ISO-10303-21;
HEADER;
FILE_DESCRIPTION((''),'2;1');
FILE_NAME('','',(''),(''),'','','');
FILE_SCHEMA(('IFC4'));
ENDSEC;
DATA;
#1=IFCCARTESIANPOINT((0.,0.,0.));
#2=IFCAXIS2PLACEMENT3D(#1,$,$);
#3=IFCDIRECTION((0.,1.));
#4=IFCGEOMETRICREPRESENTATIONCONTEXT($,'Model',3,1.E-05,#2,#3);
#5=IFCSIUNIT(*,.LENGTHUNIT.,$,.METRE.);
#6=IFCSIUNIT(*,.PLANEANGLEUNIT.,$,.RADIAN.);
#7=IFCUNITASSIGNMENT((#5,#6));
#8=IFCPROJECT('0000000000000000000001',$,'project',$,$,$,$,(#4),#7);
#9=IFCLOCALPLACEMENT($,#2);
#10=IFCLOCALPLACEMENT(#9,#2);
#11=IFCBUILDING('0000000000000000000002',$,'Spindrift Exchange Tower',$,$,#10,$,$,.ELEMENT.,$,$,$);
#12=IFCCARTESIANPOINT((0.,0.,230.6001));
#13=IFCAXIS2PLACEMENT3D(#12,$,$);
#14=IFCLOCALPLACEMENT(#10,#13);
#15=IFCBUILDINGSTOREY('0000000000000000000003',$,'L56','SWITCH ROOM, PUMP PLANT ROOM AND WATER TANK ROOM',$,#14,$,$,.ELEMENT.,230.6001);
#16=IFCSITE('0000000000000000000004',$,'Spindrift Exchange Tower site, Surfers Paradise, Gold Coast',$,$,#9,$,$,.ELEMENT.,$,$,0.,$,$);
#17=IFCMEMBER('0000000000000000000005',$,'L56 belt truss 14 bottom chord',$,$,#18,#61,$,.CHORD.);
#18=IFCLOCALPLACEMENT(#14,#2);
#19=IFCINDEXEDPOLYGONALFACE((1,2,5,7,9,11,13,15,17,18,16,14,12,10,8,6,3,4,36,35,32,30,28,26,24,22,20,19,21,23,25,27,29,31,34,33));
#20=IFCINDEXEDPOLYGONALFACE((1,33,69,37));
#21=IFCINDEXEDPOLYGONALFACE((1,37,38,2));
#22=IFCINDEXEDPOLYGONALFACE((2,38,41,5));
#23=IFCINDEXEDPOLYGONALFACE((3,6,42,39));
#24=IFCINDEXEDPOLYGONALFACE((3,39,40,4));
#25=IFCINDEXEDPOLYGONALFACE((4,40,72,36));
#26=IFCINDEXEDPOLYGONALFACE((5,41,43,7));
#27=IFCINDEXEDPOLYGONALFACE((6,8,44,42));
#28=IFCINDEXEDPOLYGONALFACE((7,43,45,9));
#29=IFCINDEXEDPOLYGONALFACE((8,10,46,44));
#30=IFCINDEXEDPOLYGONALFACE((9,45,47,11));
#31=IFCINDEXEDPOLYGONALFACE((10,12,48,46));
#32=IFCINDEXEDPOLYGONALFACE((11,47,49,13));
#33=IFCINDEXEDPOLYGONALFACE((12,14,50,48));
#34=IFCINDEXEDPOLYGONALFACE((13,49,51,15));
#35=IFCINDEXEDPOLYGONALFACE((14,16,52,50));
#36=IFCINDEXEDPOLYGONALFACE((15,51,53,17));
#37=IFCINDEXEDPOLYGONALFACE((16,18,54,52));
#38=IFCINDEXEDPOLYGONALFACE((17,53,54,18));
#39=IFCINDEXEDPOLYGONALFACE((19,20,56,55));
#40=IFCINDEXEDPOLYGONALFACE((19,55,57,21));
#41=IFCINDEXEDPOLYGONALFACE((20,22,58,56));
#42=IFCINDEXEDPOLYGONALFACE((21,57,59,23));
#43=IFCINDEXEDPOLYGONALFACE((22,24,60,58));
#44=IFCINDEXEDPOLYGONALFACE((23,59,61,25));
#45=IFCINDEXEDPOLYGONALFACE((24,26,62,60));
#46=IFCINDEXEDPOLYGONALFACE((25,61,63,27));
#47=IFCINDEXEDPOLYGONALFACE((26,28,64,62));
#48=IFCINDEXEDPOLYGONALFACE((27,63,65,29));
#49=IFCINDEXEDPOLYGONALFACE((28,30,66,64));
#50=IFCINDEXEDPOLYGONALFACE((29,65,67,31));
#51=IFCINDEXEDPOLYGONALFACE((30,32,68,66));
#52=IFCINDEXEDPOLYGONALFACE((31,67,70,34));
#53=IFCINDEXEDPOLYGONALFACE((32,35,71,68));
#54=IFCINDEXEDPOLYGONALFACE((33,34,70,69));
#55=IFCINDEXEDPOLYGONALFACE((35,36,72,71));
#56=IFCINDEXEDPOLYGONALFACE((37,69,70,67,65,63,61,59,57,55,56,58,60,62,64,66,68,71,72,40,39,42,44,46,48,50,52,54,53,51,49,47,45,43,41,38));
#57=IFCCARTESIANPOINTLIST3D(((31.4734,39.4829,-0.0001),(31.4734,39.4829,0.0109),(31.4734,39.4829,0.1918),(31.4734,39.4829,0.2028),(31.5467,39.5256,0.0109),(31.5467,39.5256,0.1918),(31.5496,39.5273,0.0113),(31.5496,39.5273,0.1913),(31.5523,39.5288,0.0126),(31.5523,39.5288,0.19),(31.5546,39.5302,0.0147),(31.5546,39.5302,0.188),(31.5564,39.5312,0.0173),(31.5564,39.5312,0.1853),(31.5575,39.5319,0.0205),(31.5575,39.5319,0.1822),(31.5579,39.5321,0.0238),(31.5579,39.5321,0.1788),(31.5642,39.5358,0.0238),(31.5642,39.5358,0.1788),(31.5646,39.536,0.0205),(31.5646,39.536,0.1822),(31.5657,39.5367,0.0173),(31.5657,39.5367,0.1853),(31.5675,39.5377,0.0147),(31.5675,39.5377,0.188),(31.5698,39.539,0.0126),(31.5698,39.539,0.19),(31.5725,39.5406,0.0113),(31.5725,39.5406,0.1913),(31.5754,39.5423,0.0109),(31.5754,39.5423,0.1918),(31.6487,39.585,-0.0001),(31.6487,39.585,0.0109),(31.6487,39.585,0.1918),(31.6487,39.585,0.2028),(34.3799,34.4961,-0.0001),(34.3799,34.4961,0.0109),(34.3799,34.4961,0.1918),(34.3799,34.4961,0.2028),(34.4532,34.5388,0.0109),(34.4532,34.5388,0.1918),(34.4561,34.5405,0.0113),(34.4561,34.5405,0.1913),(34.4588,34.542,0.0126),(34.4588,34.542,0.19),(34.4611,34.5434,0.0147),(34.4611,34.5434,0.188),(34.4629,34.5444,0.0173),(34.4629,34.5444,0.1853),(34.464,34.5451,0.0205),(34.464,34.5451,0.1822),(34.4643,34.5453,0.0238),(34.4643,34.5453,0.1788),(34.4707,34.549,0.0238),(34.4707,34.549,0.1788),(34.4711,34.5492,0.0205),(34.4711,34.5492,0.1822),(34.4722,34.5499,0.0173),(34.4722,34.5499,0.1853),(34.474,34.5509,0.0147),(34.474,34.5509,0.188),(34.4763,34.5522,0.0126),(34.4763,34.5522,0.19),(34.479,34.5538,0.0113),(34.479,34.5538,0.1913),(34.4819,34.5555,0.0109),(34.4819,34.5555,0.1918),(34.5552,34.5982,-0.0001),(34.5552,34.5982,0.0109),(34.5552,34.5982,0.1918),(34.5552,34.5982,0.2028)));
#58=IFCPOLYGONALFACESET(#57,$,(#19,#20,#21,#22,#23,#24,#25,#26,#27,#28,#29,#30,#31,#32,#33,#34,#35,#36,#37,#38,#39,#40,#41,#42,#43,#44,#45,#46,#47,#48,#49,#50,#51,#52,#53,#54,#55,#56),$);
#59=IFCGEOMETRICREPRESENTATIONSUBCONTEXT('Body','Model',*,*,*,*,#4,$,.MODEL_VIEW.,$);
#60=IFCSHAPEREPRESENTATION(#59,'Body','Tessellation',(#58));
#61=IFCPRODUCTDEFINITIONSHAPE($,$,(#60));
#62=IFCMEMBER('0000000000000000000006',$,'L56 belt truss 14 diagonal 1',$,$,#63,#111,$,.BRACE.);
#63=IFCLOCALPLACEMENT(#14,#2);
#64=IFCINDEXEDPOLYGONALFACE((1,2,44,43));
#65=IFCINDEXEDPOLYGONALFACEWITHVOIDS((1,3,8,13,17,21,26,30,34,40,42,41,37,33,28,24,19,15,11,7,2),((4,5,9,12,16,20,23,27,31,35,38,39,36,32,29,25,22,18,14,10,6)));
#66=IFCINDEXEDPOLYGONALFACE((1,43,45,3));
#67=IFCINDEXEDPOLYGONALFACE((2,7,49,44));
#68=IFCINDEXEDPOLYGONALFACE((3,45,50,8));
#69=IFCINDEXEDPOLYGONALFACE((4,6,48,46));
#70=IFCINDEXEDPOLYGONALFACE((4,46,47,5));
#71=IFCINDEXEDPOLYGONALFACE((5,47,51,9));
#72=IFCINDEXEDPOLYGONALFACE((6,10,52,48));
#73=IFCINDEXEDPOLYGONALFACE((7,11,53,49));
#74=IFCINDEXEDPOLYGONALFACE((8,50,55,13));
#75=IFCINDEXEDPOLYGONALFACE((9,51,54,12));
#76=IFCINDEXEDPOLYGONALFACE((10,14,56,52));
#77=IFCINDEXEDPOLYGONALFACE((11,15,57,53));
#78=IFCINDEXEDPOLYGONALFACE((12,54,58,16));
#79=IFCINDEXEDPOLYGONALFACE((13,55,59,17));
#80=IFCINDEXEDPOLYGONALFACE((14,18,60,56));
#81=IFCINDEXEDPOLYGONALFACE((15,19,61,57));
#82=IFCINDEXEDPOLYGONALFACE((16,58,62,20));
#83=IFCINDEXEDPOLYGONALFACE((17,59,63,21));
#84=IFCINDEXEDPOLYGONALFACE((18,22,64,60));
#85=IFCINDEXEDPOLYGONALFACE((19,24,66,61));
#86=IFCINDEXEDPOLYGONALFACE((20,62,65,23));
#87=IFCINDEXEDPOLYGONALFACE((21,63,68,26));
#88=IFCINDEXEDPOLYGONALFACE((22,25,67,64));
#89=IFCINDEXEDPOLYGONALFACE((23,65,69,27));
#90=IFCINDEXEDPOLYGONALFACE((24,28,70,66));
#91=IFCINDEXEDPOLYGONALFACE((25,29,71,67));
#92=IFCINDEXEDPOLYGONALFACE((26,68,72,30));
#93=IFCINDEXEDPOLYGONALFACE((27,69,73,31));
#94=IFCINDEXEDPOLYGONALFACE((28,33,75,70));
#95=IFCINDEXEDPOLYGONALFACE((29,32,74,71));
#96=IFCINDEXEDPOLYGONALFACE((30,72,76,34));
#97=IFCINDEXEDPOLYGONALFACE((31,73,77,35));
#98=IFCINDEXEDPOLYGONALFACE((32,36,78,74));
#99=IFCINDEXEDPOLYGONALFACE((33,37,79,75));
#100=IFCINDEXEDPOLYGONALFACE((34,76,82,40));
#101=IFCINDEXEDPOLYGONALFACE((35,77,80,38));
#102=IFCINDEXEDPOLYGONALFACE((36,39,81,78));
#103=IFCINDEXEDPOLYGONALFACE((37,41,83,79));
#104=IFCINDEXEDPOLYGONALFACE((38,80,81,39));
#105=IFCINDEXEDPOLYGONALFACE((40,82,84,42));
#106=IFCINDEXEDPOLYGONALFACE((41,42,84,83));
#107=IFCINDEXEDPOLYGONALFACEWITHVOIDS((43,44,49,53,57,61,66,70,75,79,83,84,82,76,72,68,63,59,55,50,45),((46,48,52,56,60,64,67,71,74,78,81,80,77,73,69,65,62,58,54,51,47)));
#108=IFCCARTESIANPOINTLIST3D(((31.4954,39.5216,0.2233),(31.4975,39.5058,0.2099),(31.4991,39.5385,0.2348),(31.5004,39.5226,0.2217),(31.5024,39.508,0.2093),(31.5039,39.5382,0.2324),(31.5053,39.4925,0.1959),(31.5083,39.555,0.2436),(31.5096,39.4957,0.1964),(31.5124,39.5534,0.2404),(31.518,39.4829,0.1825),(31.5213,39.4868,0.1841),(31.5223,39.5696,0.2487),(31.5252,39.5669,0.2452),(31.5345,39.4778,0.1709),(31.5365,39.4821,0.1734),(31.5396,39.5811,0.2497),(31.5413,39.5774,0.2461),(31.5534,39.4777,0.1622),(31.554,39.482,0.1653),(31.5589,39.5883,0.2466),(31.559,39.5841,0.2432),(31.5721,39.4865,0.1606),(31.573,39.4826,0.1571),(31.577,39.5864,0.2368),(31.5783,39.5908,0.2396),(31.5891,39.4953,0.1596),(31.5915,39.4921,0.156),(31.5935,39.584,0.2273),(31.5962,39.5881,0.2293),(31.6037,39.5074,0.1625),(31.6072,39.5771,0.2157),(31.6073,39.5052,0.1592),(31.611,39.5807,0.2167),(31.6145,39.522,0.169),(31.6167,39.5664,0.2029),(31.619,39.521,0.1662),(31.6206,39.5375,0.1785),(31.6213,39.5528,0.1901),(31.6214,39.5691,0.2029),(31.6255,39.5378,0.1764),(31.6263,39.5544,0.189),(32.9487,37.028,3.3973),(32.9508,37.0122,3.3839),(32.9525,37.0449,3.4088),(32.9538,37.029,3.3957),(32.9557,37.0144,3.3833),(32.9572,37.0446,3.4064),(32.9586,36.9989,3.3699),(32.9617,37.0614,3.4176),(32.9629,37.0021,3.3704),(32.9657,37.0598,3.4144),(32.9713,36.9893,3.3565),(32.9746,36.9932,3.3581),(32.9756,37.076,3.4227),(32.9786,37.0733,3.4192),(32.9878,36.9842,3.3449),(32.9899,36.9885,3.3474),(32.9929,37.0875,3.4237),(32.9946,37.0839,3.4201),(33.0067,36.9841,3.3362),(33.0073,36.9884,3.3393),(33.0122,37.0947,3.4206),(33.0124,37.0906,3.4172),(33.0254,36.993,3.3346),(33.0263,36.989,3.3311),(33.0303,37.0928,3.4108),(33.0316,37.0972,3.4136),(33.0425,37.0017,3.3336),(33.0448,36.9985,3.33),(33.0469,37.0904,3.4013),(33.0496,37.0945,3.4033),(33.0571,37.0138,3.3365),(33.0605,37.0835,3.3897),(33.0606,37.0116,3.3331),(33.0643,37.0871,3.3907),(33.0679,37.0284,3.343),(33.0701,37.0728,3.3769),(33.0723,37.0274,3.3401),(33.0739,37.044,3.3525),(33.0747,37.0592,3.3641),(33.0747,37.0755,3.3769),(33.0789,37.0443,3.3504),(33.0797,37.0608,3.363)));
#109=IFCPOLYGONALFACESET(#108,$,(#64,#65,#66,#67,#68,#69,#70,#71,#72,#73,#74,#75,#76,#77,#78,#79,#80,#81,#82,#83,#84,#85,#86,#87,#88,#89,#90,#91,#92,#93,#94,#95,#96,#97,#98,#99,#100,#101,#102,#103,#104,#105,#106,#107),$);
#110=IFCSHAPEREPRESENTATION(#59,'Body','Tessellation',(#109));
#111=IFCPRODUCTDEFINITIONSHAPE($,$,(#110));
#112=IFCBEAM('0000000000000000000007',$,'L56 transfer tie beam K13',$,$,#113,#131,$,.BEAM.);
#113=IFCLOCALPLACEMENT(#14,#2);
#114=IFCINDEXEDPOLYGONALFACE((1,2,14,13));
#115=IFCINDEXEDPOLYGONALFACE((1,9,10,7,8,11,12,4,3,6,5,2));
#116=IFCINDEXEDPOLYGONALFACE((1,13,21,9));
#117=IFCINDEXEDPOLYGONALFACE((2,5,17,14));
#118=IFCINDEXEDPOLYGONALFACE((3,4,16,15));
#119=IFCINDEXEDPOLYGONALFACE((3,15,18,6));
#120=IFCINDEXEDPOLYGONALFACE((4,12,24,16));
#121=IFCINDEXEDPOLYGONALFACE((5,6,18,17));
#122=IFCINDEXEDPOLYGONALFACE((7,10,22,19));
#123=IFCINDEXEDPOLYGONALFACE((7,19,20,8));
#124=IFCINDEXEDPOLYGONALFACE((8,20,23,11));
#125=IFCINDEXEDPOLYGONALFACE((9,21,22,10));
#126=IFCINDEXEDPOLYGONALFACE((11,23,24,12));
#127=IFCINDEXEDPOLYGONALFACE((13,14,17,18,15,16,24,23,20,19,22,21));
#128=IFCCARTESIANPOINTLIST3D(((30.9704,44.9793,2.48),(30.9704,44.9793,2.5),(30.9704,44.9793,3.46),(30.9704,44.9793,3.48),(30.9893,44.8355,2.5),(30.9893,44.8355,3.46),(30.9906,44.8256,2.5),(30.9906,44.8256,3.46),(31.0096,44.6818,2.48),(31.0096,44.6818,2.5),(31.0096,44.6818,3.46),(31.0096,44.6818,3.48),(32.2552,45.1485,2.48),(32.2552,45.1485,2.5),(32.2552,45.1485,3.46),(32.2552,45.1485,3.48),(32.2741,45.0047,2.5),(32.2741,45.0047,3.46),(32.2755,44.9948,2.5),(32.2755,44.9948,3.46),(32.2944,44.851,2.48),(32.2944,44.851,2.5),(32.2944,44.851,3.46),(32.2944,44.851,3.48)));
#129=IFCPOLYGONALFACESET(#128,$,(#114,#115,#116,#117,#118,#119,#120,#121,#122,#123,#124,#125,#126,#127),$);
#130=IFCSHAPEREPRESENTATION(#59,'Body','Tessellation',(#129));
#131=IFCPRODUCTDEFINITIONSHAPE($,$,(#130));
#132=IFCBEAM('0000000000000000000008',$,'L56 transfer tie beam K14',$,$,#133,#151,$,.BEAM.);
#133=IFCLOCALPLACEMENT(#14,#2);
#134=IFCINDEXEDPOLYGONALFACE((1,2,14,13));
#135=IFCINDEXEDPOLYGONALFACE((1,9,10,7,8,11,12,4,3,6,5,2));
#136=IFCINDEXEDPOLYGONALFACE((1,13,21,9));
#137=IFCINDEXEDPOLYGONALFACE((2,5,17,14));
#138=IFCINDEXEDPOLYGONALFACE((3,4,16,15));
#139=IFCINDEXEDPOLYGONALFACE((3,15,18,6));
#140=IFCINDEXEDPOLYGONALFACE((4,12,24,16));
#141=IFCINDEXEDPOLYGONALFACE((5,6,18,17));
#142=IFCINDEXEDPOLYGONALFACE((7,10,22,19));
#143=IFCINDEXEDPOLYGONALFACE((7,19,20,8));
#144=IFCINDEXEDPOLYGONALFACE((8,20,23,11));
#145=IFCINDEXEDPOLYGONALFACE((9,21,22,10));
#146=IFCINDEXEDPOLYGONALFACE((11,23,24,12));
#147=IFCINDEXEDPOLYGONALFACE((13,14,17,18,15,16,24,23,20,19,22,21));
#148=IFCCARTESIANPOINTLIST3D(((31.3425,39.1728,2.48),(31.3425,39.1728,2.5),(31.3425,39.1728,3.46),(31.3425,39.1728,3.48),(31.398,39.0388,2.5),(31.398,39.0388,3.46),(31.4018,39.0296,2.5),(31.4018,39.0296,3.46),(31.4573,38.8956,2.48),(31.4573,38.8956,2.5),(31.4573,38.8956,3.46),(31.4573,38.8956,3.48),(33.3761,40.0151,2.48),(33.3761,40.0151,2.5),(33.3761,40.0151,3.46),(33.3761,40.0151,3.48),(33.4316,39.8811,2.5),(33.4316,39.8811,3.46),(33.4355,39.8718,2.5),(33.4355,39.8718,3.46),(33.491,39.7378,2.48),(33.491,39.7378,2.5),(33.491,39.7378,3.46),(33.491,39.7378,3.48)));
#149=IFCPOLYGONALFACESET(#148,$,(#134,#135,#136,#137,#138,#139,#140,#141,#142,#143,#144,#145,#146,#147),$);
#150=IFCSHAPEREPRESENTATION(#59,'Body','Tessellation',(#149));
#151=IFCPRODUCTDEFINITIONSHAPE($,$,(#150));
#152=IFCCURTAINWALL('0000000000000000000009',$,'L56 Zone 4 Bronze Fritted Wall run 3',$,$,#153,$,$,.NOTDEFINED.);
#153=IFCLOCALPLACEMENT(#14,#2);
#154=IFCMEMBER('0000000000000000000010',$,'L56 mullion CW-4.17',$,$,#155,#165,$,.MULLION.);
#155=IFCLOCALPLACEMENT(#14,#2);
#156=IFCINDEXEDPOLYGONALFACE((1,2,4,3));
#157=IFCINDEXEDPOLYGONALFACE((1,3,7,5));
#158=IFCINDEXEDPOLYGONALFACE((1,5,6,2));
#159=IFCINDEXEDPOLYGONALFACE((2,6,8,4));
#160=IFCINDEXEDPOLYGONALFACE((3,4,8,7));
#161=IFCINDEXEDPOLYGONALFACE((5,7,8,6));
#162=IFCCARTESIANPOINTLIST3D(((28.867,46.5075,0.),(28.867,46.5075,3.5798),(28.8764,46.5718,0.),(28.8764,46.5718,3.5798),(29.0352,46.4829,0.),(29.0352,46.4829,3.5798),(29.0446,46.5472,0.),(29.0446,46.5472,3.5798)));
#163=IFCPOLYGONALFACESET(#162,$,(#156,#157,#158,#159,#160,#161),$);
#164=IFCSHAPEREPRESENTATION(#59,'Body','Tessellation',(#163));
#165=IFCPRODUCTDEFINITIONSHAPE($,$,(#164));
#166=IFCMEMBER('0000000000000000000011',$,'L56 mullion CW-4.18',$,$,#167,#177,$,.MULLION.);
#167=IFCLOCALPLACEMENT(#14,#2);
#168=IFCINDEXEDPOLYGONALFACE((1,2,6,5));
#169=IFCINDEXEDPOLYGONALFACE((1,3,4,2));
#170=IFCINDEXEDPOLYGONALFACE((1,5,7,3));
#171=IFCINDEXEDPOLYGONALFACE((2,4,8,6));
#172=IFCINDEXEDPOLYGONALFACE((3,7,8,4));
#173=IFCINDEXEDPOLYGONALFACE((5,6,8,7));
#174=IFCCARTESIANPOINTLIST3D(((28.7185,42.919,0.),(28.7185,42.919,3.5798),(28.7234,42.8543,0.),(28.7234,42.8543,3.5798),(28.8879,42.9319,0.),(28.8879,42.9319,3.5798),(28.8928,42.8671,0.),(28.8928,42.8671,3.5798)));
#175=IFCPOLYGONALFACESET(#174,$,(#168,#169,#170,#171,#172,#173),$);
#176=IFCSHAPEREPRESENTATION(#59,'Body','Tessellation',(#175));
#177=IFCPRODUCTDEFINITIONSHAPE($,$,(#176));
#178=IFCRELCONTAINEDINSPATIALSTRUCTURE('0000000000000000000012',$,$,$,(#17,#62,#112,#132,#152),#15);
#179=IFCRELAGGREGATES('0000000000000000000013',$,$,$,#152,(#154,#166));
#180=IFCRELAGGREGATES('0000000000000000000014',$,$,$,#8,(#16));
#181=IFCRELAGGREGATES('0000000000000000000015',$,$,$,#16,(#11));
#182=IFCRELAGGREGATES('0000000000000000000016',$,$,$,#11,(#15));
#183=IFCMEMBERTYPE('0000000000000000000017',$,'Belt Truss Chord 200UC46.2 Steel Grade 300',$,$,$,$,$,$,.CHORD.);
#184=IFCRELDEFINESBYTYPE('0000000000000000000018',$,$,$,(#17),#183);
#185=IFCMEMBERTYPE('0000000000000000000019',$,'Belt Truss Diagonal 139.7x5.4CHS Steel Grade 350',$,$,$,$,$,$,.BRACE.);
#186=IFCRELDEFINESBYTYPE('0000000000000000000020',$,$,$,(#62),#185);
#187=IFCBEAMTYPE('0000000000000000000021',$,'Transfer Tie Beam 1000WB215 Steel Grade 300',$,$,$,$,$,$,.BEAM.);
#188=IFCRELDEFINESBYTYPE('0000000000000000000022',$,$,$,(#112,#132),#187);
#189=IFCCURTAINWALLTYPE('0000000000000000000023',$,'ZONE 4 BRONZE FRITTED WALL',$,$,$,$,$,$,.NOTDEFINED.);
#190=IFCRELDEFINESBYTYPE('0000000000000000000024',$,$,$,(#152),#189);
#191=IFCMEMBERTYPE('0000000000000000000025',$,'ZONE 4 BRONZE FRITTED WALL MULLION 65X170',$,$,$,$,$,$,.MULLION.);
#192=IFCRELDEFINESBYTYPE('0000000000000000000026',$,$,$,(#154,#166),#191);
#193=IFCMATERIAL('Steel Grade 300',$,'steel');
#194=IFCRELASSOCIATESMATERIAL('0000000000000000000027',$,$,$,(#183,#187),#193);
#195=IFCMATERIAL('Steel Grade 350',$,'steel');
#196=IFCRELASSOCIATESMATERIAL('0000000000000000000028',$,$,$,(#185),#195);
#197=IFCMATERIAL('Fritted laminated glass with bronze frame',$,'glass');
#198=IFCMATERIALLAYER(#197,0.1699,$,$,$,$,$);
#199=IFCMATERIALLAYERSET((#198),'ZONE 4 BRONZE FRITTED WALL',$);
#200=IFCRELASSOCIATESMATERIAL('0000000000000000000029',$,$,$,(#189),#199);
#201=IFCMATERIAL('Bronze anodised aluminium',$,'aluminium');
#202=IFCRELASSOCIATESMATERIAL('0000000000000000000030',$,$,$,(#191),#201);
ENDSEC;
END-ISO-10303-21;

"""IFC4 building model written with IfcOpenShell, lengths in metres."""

from ifc_helpers import new_model, si_unit, direction, frame, origin, origin_2d, place, context, subcontext, project, spatial, rectangle, hollow_circle, i_section, extrude, source, transform, mapped, material, layer, layer_set, material_profile, profile_set, type_object, element, aggregate, save


model = new_model("IFC4")

# Units and contexts
model_context = context("Model", 3, precision=1e-05, world=origin(), true_north=direction((0.0, 1.0)))
body_context = subcontext(model_context, "Body", "Model", "MODEL_VIEW")
ifc_project = project(units=[si_unit("LENGTHUNIT", "METRE"), si_unit("PLANEANGLEUNIT", "RADIAN")], contexts=[model_context])

# Site, building, storey
site_placement = place(None, origin())
site = spatial("IfcSite", under=ifc_project, at=site_placement, Name="Spindrift Exchange Tower site, Surfers Paradise, Gold Coast", CompositionType="ELEMENT", RefElevation=0.0)
building_placement = place(site_placement, origin())
building = spatial("IfcBuilding", under=site, at=building_placement, Name="Spindrift Exchange Tower", CompositionType="ELEMENT")
storey_placement = place(building_placement, frame((0.0, 0.0, 230.6001)))
storey = spatial("IfcBuildingStorey", under=building, at=storey_placement, Name="L56", Description="SWITCH ROOM, PUMP PLANT ROOM AND WATER TANK ROOM", CompositionType="ELEMENT", Elevation=230.6001)

# Shared definitions
ifc_material_1 = material(Name="Steel Grade 300", Category="steel")

# Members
ifc_material_profile_1 = material_profile(ifc_material_1, i_section(OverallWidth=0.2029, OverallDepth=0.2029, WebThickness=0.0073, FlangeThickness=0.011, FilletRadius=0.0129, at=origin_2d()), Name="200UC46.2")
ifc_profile_set_1 = profile_set([ifc_material_profile_1], Name="Steel Grade 300")
member_type_1 = type_object("IfcMemberType", Name="Belt Truss Chord 200UC46.2 Steel Grade 300", PredefinedType="CHORD", material=ifc_profile_set_1)
ifc_material_2 = material(Name="Steel Grade 350", Category="steel")
ifc_material_profile_2 = material_profile(ifc_material_2, hollow_circle(Radius=0.0698, WallThickness=0.0054, at=origin_2d()), Name="139.7x5.4CHS")
ifc_profile_set_2 = profile_set([ifc_material_profile_2], Name="Steel Grade 350")
member_type_2 = type_object("IfcMemberType", Name="Belt Truss Diagonal 139.7x5.4CHS Steel Grade 350", PredefinedType="BRACE", material=ifc_profile_set_2)
shared_shape_1 = source(origin(), body_context, "Body", "SweptSolid", [
    extrude(i_section(OverallWidth=0.2029, OverallDepth=0.2029, WebThickness=0.0073, FlangeThickness=0.011, FilletRadius=0.0129, at=origin_2d()), origin(), (0.0, 0.0, 1.0), 5.772),
])
for number, where, z_axis, x_axis, name in (
    (1, (31.561, 39.5339, 0.1013), (0.50355, -0.863966, 0.0), (0.863966, 0.50355, 0.0), "L56 belt truss 14 bottom chord"),
):
    element("IfcMember", number, at=place(storey_placement, frame(where, z_axis=z_axis, x_axis=x_axis)), inside=storey, type_object=member_type_1, Name=name, PredefinedType="CHORD", context=body_context, shape_type="MappedRepresentation", body=[
        mapped(shared_shape_1, transform((0.0, 0.0, 0.0), scale=1.0)),
    ])
shared_shape_2 = source(origin(), body_context, "Body", "SweptSolid", [
    extrude(hollow_circle(Radius=0.0698, WallThickness=0.0054, at=origin_2d()), origin(), (0.0, 0.0, 1.0), 4.29),
])
member_1_placement = place(storey_placement, frame((31.561, 39.5339, 0.2029), z_axis=(0.338769, -0.581252, 0.739852), x_axis=(0.863969, 0.503545, 0.0)))
element("IfcMember", 2, at=member_1_placement, inside=storey, type_object=member_type_2, Name="L56 belt truss 14 diagonal 1", PredefinedType="BRACE", context=body_context, shape_type="MappedRepresentation", body=[
    mapped(shared_shape_2, transform((0.0, 0.0, 0.0), scale=1.0)),
])

# Beams
ifc_material_profile_3 = material_profile(ifc_material_1, i_section(OverallWidth=0.3, OverallDepth=1.0, WebThickness=0.01, FlangeThickness=0.02, at=origin_2d()), Name="1000WB215")
ifc_profile_set_3 = profile_set([ifc_material_profile_3], Name="Steel Grade 300")
beam_type_1 = type_object("IfcBeamType", Name="Transfer Tie Beam 1000WB215 Steel Grade 300", PredefinedType="BEAM", material=ifc_profile_set_3)
shared_shape_3 = source(origin(), body_context, "Body", "SweptSolid", [
    extrude(i_section(OverallWidth=0.3, OverallDepth=1.0, WebThickness=0.01, FlangeThickness=0.02, at=origin_2d()), origin(), (0.0, 0.0, 1.0), 1.2959),
])
beam_1_placement = place(storey_placement, frame((30.99, 44.8306, 2.98), z_axis=(0.991442, 0.130547, 0.0), x_axis=(-0.130547, 0.991442, 0.0)))
element("IfcBeam", 3, at=beam_1_placement, inside=storey, type_object=beam_type_1, Name="L56 transfer tie beam K13", PredefinedType="BEAM", context=body_context, shape_type="MappedRepresentation", body=[
    mapped(shared_shape_3, transform((0.0, 0.0, 0.0), scale=1.0)),
])
shared_shape_4 = source(origin(), body_context, "Body", "SweptSolid", [
    extrude(i_section(OverallWidth=0.3, OverallDepth=1.0, WebThickness=0.01, FlangeThickness=0.02, at=origin_2d()), origin(), (0.0, 0.0, 1.0), 2.2012),
])
beam_2_placement = place(storey_placement, frame((31.3999, 39.0342, 2.98), z_axis=(0.923895, 0.382646, 0.0), x_axis=(-0.382646, 0.923895, 0.0)))
element("IfcBeam", 4, at=beam_2_placement, inside=storey, type_object=beam_type_1, Name="L56 transfer tie beam K14", PredefinedType="BEAM", context=body_context, shape_type="MappedRepresentation", body=[
    mapped(shared_shape_4, transform((0.0, 0.0, 0.0), scale=1.0)),
])

# Curtain wall, members
ifc_material_3 = material(Name="Fritted laminated glass with bronze frame", Category="glass")
ifc_layer_1 = layer(ifc_material_3, 0.1699)
ifc_layer_set_1 = layer_set([ifc_layer_1], Name="ZONE 4 BRONZE FRITTED WALL")
curtain_wall_type = type_object("IfcCurtainWallType", Name="ZONE 4 BRONZE FRITTED WALL", PredefinedType="NOTDEFINED", material=ifc_layer_set_1)
curtain_wall_1_placement = place(storey_placement, origin())
curtain_wall_1 = element("IfcCurtainWall", 5, at=curtain_wall_1_placement, inside=storey, type_object=curtain_wall_type, Name="L56 Zone 4 Bronze Fritted Wall run 3", PredefinedType="NOTDEFINED")
ifc_material_4 = material(Name="Bronze anodised aluminium", Category="aluminium")
ifc_material_profile_4 = material_profile(ifc_material_4, rectangle(XDim=0.0649, YDim=0.1699, at=origin_2d()), Name="ZONE 4 BRONZE FRITTED WALL MULLION 65X170")
ifc_profile_set_4 = profile_set([ifc_material_profile_4], Name="Bronze anodised aluminium")
member_type_3 = type_object("IfcMemberType", Name="ZONE 4 BRONZE FRITTED WALL MULLION 65X170", PredefinedType="MULLION", material=ifc_profile_set_4)
shared_shape_5 = source(origin(), body_context, "Body", "SweptSolid", [
    extrude(rectangle(XDim=0.0649, YDim=0.1699, at=origin_2d()), origin(), (0.0, 0.0, 1.0), 3.5798),
])
member_2_placement = place(storey_placement, frame((28.9558, 46.5273, 0.0), z_axis=(0.0, 0.0, 1.0), x_axis=(-0.144682, -0.989478, 0.0)))
member_2 = element("IfcMember", 6, at=member_2_placement, type_object=member_type_3, Name="L56 mullion CW-4.17", PredefinedType="MULLION", context=body_context, shape_type="MappedRepresentation", body=[
    mapped(shared_shape_5, transform((0.0, 0.0, 0.0), scale=1.0)),
])
member_3_placement = place(storey_placement, frame((28.8057, 42.8931, 0.0), z_axis=(0.0, 0.0, 1.0), x_axis=(0.075557, -0.997142, 0.0)))
member_3 = element("IfcMember", 7, at=member_3_placement, type_object=member_type_3, Name="L56 mullion CW-4.18", PredefinedType="MULLION", context=body_context, shape_type="MappedRepresentation", body=[
    mapped(shared_shape_5, transform((0.0, 0.0, 0.0), scale=1.0)),
])

aggregate(curtain_wall_1, [member_2, member_3])

save(model, "model.ifc")
